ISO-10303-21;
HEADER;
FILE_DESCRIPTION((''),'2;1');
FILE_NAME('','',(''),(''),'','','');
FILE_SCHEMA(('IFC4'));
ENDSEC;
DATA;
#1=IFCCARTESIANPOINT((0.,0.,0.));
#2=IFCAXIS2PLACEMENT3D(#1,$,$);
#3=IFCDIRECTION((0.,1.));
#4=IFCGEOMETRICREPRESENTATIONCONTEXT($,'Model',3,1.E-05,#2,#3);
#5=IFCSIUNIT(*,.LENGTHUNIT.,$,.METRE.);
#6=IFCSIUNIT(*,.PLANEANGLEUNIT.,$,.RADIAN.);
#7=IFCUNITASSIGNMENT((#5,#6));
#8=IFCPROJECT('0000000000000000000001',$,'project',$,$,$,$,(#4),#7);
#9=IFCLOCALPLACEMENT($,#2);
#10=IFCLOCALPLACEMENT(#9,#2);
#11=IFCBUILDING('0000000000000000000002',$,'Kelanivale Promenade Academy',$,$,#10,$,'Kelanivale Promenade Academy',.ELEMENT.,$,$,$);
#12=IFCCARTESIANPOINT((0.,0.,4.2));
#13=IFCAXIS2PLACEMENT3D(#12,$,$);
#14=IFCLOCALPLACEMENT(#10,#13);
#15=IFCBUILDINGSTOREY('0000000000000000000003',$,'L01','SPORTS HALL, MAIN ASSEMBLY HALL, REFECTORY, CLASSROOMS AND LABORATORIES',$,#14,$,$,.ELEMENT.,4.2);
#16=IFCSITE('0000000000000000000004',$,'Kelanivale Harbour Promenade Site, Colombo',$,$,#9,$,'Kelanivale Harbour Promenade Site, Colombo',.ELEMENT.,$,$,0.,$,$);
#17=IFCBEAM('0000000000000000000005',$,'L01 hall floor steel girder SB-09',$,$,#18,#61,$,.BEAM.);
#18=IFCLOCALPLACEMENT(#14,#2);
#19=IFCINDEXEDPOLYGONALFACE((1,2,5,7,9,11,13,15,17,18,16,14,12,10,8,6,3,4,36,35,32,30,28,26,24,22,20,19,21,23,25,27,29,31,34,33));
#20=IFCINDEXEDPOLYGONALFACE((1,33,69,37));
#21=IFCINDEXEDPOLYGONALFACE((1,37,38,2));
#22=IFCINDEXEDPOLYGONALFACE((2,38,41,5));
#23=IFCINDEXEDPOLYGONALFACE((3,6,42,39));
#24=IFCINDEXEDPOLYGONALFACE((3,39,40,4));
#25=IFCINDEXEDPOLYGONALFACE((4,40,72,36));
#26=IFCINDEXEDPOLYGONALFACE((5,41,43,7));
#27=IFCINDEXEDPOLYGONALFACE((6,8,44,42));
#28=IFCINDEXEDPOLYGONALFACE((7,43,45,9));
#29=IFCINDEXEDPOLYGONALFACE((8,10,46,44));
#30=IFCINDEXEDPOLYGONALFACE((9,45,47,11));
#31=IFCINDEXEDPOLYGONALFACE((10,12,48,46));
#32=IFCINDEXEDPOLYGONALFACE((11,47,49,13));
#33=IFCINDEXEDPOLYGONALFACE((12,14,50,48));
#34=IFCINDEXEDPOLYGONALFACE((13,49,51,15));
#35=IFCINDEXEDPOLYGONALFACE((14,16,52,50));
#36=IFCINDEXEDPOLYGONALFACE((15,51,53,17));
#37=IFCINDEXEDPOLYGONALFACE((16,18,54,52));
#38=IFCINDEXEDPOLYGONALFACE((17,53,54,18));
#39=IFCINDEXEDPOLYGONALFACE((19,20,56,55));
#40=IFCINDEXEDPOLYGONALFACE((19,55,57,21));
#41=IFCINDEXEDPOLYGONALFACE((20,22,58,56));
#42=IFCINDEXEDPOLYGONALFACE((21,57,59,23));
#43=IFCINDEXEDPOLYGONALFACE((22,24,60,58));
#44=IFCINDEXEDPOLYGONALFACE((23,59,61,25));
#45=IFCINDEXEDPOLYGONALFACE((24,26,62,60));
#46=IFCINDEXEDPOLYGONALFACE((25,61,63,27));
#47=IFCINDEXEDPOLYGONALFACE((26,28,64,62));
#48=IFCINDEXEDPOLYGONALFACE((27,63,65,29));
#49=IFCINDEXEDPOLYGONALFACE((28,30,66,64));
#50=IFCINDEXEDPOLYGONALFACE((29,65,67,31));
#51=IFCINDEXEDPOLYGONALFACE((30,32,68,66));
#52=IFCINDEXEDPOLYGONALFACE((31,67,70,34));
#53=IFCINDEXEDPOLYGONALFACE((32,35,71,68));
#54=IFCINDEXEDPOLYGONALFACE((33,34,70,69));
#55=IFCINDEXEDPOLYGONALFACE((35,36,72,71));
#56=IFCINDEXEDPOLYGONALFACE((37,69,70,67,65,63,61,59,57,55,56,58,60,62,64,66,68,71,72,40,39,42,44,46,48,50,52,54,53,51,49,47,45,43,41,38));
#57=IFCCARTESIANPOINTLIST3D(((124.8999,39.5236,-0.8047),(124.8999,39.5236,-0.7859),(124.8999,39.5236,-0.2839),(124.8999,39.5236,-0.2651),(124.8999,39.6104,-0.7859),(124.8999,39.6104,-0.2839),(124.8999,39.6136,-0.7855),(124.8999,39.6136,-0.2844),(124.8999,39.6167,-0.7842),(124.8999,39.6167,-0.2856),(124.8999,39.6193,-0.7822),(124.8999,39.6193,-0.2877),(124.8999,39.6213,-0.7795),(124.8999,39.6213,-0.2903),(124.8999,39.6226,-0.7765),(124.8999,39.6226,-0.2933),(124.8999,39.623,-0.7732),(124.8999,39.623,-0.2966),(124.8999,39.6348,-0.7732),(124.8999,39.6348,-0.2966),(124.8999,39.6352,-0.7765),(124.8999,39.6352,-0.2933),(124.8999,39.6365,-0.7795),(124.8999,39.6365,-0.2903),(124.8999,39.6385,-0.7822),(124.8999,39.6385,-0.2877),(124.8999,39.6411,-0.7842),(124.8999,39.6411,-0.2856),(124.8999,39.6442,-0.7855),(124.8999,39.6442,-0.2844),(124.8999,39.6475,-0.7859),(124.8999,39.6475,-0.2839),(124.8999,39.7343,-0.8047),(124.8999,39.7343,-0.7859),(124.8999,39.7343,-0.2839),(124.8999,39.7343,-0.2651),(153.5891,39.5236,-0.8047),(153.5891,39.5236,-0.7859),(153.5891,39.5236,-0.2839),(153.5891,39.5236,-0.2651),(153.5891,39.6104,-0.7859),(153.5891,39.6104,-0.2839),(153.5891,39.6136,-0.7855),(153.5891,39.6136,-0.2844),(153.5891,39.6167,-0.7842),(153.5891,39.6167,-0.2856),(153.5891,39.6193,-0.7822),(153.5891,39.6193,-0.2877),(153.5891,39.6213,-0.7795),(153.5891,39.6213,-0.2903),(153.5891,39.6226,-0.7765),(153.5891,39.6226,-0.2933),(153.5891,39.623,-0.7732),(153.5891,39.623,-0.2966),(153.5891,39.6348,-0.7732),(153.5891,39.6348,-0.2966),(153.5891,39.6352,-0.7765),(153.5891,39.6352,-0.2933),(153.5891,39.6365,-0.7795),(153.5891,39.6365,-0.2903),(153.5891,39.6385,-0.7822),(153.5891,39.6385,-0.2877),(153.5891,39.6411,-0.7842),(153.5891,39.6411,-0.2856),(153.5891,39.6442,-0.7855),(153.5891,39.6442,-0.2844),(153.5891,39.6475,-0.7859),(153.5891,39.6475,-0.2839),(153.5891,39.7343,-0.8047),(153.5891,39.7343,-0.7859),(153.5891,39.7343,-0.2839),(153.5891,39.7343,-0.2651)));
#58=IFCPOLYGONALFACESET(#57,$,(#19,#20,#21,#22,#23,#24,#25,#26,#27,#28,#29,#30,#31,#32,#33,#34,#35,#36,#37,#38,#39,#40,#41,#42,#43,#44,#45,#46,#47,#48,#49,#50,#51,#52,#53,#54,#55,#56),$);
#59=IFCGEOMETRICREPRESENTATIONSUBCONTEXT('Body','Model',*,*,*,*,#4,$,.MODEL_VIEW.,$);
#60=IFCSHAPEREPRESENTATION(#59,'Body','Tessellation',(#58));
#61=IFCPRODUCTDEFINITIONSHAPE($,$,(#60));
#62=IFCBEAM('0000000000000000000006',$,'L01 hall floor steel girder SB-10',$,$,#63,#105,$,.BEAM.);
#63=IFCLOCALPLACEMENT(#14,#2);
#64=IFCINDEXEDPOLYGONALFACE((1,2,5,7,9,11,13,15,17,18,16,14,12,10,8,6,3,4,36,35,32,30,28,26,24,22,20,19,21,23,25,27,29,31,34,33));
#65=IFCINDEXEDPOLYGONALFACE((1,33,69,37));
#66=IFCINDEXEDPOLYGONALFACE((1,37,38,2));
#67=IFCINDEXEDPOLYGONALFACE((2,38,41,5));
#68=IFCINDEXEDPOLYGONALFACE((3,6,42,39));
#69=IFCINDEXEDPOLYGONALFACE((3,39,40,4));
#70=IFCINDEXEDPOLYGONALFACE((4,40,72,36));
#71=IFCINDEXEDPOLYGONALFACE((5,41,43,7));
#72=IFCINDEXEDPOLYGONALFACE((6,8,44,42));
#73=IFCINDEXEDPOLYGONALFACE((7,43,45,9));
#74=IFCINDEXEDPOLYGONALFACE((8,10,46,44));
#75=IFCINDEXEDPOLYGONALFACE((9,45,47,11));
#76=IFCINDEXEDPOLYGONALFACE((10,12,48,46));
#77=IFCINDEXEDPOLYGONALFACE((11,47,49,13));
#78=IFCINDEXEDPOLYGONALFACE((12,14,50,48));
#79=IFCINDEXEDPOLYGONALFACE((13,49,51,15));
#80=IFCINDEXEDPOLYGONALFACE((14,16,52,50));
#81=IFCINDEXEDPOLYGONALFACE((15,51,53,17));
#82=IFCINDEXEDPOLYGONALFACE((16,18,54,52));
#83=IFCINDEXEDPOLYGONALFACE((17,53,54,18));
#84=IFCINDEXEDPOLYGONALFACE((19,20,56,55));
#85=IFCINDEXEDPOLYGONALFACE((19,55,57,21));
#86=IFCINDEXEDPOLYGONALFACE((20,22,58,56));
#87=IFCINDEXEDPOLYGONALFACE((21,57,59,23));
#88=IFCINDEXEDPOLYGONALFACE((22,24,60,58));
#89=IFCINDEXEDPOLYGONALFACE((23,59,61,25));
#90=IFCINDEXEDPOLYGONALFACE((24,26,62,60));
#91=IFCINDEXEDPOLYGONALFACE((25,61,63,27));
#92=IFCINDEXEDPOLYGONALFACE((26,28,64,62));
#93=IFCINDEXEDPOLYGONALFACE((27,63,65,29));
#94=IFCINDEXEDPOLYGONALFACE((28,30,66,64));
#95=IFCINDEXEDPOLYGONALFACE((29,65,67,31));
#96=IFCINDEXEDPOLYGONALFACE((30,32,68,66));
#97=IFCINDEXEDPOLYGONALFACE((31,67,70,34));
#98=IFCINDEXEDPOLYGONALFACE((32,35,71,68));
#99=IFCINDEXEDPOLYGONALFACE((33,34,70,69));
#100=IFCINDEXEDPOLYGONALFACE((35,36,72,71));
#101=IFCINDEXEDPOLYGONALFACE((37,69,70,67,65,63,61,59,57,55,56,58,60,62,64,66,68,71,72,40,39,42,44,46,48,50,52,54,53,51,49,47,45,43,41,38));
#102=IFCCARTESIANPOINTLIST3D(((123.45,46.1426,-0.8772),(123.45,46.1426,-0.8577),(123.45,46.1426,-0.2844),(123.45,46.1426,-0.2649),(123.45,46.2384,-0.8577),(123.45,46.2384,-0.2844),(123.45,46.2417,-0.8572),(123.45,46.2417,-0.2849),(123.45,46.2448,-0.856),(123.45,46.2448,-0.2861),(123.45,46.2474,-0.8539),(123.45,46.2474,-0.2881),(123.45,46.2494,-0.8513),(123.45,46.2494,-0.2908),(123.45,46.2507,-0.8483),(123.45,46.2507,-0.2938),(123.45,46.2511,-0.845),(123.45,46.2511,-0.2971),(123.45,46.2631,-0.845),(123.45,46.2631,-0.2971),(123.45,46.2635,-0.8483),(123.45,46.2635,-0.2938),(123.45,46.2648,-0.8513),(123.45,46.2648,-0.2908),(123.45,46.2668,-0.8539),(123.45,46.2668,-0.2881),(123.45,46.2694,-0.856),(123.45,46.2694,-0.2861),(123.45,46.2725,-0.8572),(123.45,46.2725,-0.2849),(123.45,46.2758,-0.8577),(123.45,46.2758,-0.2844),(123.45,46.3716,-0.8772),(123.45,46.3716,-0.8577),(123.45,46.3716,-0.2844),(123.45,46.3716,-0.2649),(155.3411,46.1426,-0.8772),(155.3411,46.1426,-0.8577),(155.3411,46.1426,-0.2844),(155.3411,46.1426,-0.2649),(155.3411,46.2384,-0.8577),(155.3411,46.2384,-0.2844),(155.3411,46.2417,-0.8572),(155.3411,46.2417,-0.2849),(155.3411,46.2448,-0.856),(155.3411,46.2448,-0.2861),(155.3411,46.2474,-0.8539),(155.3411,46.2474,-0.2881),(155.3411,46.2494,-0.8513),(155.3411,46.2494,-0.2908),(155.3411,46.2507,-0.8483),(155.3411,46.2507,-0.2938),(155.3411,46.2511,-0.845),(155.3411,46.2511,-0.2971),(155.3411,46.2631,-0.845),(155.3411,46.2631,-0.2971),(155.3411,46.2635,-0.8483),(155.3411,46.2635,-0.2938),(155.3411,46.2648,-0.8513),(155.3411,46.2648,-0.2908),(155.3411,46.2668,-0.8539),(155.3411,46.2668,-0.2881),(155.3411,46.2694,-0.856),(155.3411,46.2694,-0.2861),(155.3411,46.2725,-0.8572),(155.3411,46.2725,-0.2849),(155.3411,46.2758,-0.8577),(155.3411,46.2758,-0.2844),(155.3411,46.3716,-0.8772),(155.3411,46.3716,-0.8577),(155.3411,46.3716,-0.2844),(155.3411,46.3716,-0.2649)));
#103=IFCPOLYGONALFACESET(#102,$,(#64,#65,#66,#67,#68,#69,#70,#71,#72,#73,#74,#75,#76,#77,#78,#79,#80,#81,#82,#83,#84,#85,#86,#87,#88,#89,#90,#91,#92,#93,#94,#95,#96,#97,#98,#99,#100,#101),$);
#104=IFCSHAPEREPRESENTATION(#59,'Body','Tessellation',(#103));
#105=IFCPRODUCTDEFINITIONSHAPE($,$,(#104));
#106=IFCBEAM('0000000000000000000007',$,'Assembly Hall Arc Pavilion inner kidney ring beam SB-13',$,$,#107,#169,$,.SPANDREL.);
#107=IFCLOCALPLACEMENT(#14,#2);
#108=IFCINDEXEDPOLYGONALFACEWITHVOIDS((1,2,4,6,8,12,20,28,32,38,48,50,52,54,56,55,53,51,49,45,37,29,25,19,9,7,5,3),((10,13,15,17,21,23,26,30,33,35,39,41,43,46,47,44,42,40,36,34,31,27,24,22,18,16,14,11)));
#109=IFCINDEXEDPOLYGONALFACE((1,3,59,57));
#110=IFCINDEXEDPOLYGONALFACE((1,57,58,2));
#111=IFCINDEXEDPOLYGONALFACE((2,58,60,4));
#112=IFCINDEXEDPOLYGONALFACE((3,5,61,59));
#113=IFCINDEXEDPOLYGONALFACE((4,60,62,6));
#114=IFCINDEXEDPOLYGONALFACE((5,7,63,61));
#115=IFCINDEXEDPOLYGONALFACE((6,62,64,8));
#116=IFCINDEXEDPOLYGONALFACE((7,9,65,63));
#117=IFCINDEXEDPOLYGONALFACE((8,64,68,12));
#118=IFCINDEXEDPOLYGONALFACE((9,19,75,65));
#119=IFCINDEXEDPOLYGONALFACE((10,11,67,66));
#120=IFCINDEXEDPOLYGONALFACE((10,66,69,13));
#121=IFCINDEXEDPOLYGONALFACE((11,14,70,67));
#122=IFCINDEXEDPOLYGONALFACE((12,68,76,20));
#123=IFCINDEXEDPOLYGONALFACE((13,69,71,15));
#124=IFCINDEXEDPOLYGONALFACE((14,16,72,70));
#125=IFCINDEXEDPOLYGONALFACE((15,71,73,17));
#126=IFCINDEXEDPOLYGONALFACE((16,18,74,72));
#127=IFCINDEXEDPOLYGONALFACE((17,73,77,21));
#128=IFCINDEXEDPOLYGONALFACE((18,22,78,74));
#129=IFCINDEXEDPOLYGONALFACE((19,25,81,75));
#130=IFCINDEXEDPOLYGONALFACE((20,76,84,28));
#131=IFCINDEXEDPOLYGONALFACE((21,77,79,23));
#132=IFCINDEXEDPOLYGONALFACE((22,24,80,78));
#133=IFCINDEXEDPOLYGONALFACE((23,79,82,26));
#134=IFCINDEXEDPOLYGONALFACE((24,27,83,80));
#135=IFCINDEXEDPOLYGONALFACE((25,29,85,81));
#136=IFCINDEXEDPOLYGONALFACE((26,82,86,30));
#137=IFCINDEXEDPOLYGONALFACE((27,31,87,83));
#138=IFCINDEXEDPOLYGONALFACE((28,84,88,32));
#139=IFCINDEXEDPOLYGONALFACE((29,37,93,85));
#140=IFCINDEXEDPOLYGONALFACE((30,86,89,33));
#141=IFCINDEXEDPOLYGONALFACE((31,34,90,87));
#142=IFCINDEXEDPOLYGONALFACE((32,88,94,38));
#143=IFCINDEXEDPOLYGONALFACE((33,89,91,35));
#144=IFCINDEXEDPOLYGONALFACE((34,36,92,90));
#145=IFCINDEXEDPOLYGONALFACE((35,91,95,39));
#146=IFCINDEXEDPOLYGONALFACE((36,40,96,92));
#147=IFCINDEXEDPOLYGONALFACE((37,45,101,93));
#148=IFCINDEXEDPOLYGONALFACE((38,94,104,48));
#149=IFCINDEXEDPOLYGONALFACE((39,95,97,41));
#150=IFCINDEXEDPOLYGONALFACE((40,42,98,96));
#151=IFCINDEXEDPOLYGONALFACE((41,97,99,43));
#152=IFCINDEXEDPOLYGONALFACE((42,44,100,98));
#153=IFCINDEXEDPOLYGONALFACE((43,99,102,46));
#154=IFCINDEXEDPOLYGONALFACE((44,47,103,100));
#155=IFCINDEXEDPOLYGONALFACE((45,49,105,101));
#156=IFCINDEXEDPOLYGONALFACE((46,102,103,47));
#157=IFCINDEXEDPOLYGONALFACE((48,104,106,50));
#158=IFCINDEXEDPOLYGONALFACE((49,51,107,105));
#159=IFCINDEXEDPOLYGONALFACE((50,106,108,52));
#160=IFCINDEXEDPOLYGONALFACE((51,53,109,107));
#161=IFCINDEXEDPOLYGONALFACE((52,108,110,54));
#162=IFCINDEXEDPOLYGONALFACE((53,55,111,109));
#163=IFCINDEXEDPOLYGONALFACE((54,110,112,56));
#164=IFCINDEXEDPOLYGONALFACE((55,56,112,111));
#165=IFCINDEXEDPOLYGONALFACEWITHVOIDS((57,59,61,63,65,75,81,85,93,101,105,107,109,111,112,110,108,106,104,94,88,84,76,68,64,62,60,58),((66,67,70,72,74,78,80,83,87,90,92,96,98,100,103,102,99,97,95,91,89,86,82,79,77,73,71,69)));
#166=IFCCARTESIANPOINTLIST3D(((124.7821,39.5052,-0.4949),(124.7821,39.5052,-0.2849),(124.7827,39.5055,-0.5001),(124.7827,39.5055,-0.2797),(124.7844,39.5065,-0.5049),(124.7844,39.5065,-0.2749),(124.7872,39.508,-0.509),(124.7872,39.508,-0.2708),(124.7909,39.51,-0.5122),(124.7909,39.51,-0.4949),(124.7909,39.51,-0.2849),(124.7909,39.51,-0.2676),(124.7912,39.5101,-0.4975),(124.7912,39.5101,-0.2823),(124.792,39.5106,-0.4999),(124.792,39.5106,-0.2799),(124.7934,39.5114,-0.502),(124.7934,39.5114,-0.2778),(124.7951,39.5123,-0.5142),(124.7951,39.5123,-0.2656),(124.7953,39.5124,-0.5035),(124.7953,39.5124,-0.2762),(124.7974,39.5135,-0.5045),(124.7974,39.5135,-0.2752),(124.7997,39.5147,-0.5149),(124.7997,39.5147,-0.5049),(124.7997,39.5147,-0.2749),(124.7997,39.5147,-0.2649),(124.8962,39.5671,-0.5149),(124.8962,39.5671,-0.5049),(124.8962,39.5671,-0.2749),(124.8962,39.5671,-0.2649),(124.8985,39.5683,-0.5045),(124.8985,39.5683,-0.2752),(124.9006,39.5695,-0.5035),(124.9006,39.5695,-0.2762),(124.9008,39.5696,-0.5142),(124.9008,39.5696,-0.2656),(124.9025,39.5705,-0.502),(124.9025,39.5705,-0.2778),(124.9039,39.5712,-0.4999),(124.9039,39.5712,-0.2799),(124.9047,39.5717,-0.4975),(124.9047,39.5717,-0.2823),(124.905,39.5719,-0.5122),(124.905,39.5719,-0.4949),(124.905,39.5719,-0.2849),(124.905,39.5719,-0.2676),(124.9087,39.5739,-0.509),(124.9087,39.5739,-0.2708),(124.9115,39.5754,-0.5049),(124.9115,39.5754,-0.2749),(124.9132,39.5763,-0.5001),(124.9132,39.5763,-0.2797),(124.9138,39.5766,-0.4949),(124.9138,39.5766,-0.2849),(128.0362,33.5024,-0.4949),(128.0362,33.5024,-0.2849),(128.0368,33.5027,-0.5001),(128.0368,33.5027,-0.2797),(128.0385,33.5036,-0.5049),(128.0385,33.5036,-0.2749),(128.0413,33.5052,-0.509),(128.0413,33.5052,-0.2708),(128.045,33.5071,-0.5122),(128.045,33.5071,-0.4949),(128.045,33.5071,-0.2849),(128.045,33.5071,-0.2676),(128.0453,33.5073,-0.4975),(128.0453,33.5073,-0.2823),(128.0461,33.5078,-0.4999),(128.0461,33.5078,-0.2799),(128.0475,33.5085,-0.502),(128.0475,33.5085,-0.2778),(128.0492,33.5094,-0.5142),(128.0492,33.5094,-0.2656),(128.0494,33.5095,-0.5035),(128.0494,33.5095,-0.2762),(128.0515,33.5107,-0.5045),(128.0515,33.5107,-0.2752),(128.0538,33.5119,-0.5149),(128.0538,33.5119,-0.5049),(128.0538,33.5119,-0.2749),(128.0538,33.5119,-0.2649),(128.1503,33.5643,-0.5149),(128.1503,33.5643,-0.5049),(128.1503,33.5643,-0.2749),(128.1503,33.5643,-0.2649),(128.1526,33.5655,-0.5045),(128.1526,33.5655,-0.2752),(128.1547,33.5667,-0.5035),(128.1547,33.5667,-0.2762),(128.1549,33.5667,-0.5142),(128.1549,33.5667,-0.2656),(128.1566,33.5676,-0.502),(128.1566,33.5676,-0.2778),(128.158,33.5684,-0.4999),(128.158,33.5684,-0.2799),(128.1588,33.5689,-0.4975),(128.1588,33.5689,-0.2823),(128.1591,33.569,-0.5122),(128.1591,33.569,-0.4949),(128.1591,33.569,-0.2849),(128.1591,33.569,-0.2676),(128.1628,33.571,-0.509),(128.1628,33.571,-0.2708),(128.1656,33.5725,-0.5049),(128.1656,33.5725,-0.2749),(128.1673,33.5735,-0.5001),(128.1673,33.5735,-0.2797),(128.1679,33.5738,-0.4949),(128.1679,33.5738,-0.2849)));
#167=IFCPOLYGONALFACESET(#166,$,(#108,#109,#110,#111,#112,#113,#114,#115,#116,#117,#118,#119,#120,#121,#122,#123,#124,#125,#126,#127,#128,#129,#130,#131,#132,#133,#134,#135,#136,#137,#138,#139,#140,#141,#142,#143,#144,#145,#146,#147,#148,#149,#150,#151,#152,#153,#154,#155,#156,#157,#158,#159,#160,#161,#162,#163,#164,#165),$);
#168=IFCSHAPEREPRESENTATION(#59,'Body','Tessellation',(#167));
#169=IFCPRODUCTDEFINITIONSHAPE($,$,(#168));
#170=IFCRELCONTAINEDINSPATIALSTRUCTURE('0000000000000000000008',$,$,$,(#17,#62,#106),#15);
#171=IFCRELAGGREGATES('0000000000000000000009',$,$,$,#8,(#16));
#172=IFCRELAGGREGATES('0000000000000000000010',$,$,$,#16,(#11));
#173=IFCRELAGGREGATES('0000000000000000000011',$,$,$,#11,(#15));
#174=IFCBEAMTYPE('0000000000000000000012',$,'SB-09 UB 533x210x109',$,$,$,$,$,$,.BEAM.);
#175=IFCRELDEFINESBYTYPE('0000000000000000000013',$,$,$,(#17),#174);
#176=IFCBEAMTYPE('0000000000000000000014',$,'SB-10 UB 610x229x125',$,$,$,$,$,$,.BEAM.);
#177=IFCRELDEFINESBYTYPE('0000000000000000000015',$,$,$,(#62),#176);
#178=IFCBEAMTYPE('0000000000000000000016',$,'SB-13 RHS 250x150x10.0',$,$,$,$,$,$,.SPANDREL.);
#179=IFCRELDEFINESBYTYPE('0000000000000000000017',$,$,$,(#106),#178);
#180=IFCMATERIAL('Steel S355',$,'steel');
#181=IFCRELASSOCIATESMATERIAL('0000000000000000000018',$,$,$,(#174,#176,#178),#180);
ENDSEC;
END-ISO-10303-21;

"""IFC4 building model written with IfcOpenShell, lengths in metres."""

from ifc_helpers import new_model, si_unit, direction, frame, origin, origin_2d, place, context, subcontext, project, spatial, hollow_rectangle, i_section, extrude, material, material_profile, profile_set, type_object, element, save


model = new_model("IFC4")

# Units and contexts
model_context = context("Model", 3, precision=1e-05, world=origin(), true_north=direction((0.0, 1.0)))
body_context = subcontext(model_context, "Body", "Model", "MODEL_VIEW")
ifc_project = project(units=[si_unit("LENGTHUNIT", "METRE"), si_unit("PLANEANGLEUNIT", "RADIAN")], contexts=[model_context])

# Site, building, storey
site_placement = place(None, origin())
site = spatial("IfcSite", under=ifc_project, at=site_placement, Name="Kelanivale Harbour Promenade Site, Colombo", LongName="Kelanivale Harbour Promenade Site, Colombo", CompositionType="ELEMENT", RefElevation=0.0)
building_placement = place(site_placement, origin())
building = spatial("IfcBuilding", under=site, at=building_placement, Name="Kelanivale Promenade Academy", LongName="Kelanivale Promenade Academy", CompositionType="ELEMENT")
storey_placement = place(building_placement, frame((0.0, 0.0, 4.2)))
storey = spatial("IfcBuildingStorey", under=building, at=storey_placement, Name="L01", Description="SPORTS HALL, MAIN ASSEMBLY HALL, REFECTORY, CLASSROOMS AND LABORATORIES", CompositionType="ELEMENT", Elevation=4.2)

# Shared definitions
ifc_material_1 = material(Name="Steel S355", Category="steel")

# Beams
ifc_material_profile_1 = material_profile(ifc_material_1, i_section(OverallWidth=0.2107, OverallDepth=0.5396, WebThickness=0.0117, FlangeThickness=0.0188, FilletRadius=0.0127, at=origin_2d()), Name="UB 533x210x109")
ifc_profile_set_1 = profile_set([ifc_material_profile_1], Name="Steel S355")
beam_type_1 = type_object("IfcBeamType", Name="SB-09 UB 533x210x109", PredefinedType="BEAM", material=ifc_profile_set_1)
beam_1_placement = place(storey_placement, frame((124.8999, 39.6289, -0.5349), z_axis=(1.0, 0.0, 0.0), x_axis=(0.0, 1.0, 0.0)))
element("IfcBeam", 1, at=beam_1_placement, inside=storey, type_object=beam_type_1, Name="L01 hall floor steel girder SB-09", PredefinedType="BEAM", context=body_context, shape_type="SweptSolid", body=[
    extrude(i_section(OverallWidth=0.2107, OverallDepth=0.5396, WebThickness=0.0117, FlangeThickness=0.0188, FilletRadius=0.0127, at=origin_2d()), origin(), (0.0, 0.0, 1.0), 28.6892),
])
ifc_material_profile_2 = material_profile(ifc_material_1, i_section(OverallWidth=0.229, OverallDepth=0.6123, WebThickness=0.012, FlangeThickness=0.0195, FilletRadius=0.0127, at=origin_2d()), Name="UB 610x229x125")
ifc_profile_set_2 = profile_set([ifc_material_profile_2], Name="Steel S355")
beam_type_2 = type_object("IfcBeamType", Name="SB-10 UB 610x229x125", PredefinedType="BEAM", material=ifc_profile_set_2)
beam_2_placement = place(storey_placement, frame((123.45, 46.2571, -0.571), z_axis=(1.0, 0.0, 0.0), x_axis=(0.0, 1.0, 0.0)))
element("IfcBeam", 2, at=beam_2_placement, inside=storey, type_object=beam_type_2, Name="L01 hall floor steel girder SB-10", PredefinedType="BEAM", context=body_context, shape_type="SweptSolid", body=[
    extrude(i_section(OverallWidth=0.229, OverallDepth=0.6123, WebThickness=0.012, FlangeThickness=0.0195, FilletRadius=0.0127, at=origin_2d()), origin(), (0.0, 0.0, 1.0), 31.8911),
])
ifc_material_profile_3 = material_profile(ifc_material_1, hollow_rectangle(XDim=0.1499, YDim=0.25, WallThickness=0.01, InnerFilletRadius=0.01, OuterFilletRadius=0.02, at=origin_2d()), Name="RHS 250x150x10.0")
ifc_profile_set_3 = profile_set([ifc_material_profile_3], Name="Steel S355")
beam_type_3 = type_object("IfcBeamType", Name="SB-13 RHS 250x150x10.0", PredefinedType="SPANDREL", material=ifc_profile_set_3)
beam_3_placement = place(storey_placement, frame((128.1021, 33.5381, -0.3899), z_axis=(-0.476573, 0.879135, 0.0), x_axis=(-0.879135, -0.476573, 0.0)))
element("IfcBeam", 3, at=beam_3_placement, inside=storey, type_object=beam_type_3, Name="Assembly Hall Arc Pavilion inner kidney ring beam SB-13", PredefinedType="SPANDREL", context=body_context, shape_type="SweptSolid", body=[
    extrude(hollow_rectangle(XDim=0.1499, YDim=0.25, WallThickness=0.01, InnerFilletRadius=0.01, OuterFilletRadius=0.02, at=origin_2d()), origin(), (0.0, 0.0, 1.0), 6.8281),
])

save(model, "model.ifc")
